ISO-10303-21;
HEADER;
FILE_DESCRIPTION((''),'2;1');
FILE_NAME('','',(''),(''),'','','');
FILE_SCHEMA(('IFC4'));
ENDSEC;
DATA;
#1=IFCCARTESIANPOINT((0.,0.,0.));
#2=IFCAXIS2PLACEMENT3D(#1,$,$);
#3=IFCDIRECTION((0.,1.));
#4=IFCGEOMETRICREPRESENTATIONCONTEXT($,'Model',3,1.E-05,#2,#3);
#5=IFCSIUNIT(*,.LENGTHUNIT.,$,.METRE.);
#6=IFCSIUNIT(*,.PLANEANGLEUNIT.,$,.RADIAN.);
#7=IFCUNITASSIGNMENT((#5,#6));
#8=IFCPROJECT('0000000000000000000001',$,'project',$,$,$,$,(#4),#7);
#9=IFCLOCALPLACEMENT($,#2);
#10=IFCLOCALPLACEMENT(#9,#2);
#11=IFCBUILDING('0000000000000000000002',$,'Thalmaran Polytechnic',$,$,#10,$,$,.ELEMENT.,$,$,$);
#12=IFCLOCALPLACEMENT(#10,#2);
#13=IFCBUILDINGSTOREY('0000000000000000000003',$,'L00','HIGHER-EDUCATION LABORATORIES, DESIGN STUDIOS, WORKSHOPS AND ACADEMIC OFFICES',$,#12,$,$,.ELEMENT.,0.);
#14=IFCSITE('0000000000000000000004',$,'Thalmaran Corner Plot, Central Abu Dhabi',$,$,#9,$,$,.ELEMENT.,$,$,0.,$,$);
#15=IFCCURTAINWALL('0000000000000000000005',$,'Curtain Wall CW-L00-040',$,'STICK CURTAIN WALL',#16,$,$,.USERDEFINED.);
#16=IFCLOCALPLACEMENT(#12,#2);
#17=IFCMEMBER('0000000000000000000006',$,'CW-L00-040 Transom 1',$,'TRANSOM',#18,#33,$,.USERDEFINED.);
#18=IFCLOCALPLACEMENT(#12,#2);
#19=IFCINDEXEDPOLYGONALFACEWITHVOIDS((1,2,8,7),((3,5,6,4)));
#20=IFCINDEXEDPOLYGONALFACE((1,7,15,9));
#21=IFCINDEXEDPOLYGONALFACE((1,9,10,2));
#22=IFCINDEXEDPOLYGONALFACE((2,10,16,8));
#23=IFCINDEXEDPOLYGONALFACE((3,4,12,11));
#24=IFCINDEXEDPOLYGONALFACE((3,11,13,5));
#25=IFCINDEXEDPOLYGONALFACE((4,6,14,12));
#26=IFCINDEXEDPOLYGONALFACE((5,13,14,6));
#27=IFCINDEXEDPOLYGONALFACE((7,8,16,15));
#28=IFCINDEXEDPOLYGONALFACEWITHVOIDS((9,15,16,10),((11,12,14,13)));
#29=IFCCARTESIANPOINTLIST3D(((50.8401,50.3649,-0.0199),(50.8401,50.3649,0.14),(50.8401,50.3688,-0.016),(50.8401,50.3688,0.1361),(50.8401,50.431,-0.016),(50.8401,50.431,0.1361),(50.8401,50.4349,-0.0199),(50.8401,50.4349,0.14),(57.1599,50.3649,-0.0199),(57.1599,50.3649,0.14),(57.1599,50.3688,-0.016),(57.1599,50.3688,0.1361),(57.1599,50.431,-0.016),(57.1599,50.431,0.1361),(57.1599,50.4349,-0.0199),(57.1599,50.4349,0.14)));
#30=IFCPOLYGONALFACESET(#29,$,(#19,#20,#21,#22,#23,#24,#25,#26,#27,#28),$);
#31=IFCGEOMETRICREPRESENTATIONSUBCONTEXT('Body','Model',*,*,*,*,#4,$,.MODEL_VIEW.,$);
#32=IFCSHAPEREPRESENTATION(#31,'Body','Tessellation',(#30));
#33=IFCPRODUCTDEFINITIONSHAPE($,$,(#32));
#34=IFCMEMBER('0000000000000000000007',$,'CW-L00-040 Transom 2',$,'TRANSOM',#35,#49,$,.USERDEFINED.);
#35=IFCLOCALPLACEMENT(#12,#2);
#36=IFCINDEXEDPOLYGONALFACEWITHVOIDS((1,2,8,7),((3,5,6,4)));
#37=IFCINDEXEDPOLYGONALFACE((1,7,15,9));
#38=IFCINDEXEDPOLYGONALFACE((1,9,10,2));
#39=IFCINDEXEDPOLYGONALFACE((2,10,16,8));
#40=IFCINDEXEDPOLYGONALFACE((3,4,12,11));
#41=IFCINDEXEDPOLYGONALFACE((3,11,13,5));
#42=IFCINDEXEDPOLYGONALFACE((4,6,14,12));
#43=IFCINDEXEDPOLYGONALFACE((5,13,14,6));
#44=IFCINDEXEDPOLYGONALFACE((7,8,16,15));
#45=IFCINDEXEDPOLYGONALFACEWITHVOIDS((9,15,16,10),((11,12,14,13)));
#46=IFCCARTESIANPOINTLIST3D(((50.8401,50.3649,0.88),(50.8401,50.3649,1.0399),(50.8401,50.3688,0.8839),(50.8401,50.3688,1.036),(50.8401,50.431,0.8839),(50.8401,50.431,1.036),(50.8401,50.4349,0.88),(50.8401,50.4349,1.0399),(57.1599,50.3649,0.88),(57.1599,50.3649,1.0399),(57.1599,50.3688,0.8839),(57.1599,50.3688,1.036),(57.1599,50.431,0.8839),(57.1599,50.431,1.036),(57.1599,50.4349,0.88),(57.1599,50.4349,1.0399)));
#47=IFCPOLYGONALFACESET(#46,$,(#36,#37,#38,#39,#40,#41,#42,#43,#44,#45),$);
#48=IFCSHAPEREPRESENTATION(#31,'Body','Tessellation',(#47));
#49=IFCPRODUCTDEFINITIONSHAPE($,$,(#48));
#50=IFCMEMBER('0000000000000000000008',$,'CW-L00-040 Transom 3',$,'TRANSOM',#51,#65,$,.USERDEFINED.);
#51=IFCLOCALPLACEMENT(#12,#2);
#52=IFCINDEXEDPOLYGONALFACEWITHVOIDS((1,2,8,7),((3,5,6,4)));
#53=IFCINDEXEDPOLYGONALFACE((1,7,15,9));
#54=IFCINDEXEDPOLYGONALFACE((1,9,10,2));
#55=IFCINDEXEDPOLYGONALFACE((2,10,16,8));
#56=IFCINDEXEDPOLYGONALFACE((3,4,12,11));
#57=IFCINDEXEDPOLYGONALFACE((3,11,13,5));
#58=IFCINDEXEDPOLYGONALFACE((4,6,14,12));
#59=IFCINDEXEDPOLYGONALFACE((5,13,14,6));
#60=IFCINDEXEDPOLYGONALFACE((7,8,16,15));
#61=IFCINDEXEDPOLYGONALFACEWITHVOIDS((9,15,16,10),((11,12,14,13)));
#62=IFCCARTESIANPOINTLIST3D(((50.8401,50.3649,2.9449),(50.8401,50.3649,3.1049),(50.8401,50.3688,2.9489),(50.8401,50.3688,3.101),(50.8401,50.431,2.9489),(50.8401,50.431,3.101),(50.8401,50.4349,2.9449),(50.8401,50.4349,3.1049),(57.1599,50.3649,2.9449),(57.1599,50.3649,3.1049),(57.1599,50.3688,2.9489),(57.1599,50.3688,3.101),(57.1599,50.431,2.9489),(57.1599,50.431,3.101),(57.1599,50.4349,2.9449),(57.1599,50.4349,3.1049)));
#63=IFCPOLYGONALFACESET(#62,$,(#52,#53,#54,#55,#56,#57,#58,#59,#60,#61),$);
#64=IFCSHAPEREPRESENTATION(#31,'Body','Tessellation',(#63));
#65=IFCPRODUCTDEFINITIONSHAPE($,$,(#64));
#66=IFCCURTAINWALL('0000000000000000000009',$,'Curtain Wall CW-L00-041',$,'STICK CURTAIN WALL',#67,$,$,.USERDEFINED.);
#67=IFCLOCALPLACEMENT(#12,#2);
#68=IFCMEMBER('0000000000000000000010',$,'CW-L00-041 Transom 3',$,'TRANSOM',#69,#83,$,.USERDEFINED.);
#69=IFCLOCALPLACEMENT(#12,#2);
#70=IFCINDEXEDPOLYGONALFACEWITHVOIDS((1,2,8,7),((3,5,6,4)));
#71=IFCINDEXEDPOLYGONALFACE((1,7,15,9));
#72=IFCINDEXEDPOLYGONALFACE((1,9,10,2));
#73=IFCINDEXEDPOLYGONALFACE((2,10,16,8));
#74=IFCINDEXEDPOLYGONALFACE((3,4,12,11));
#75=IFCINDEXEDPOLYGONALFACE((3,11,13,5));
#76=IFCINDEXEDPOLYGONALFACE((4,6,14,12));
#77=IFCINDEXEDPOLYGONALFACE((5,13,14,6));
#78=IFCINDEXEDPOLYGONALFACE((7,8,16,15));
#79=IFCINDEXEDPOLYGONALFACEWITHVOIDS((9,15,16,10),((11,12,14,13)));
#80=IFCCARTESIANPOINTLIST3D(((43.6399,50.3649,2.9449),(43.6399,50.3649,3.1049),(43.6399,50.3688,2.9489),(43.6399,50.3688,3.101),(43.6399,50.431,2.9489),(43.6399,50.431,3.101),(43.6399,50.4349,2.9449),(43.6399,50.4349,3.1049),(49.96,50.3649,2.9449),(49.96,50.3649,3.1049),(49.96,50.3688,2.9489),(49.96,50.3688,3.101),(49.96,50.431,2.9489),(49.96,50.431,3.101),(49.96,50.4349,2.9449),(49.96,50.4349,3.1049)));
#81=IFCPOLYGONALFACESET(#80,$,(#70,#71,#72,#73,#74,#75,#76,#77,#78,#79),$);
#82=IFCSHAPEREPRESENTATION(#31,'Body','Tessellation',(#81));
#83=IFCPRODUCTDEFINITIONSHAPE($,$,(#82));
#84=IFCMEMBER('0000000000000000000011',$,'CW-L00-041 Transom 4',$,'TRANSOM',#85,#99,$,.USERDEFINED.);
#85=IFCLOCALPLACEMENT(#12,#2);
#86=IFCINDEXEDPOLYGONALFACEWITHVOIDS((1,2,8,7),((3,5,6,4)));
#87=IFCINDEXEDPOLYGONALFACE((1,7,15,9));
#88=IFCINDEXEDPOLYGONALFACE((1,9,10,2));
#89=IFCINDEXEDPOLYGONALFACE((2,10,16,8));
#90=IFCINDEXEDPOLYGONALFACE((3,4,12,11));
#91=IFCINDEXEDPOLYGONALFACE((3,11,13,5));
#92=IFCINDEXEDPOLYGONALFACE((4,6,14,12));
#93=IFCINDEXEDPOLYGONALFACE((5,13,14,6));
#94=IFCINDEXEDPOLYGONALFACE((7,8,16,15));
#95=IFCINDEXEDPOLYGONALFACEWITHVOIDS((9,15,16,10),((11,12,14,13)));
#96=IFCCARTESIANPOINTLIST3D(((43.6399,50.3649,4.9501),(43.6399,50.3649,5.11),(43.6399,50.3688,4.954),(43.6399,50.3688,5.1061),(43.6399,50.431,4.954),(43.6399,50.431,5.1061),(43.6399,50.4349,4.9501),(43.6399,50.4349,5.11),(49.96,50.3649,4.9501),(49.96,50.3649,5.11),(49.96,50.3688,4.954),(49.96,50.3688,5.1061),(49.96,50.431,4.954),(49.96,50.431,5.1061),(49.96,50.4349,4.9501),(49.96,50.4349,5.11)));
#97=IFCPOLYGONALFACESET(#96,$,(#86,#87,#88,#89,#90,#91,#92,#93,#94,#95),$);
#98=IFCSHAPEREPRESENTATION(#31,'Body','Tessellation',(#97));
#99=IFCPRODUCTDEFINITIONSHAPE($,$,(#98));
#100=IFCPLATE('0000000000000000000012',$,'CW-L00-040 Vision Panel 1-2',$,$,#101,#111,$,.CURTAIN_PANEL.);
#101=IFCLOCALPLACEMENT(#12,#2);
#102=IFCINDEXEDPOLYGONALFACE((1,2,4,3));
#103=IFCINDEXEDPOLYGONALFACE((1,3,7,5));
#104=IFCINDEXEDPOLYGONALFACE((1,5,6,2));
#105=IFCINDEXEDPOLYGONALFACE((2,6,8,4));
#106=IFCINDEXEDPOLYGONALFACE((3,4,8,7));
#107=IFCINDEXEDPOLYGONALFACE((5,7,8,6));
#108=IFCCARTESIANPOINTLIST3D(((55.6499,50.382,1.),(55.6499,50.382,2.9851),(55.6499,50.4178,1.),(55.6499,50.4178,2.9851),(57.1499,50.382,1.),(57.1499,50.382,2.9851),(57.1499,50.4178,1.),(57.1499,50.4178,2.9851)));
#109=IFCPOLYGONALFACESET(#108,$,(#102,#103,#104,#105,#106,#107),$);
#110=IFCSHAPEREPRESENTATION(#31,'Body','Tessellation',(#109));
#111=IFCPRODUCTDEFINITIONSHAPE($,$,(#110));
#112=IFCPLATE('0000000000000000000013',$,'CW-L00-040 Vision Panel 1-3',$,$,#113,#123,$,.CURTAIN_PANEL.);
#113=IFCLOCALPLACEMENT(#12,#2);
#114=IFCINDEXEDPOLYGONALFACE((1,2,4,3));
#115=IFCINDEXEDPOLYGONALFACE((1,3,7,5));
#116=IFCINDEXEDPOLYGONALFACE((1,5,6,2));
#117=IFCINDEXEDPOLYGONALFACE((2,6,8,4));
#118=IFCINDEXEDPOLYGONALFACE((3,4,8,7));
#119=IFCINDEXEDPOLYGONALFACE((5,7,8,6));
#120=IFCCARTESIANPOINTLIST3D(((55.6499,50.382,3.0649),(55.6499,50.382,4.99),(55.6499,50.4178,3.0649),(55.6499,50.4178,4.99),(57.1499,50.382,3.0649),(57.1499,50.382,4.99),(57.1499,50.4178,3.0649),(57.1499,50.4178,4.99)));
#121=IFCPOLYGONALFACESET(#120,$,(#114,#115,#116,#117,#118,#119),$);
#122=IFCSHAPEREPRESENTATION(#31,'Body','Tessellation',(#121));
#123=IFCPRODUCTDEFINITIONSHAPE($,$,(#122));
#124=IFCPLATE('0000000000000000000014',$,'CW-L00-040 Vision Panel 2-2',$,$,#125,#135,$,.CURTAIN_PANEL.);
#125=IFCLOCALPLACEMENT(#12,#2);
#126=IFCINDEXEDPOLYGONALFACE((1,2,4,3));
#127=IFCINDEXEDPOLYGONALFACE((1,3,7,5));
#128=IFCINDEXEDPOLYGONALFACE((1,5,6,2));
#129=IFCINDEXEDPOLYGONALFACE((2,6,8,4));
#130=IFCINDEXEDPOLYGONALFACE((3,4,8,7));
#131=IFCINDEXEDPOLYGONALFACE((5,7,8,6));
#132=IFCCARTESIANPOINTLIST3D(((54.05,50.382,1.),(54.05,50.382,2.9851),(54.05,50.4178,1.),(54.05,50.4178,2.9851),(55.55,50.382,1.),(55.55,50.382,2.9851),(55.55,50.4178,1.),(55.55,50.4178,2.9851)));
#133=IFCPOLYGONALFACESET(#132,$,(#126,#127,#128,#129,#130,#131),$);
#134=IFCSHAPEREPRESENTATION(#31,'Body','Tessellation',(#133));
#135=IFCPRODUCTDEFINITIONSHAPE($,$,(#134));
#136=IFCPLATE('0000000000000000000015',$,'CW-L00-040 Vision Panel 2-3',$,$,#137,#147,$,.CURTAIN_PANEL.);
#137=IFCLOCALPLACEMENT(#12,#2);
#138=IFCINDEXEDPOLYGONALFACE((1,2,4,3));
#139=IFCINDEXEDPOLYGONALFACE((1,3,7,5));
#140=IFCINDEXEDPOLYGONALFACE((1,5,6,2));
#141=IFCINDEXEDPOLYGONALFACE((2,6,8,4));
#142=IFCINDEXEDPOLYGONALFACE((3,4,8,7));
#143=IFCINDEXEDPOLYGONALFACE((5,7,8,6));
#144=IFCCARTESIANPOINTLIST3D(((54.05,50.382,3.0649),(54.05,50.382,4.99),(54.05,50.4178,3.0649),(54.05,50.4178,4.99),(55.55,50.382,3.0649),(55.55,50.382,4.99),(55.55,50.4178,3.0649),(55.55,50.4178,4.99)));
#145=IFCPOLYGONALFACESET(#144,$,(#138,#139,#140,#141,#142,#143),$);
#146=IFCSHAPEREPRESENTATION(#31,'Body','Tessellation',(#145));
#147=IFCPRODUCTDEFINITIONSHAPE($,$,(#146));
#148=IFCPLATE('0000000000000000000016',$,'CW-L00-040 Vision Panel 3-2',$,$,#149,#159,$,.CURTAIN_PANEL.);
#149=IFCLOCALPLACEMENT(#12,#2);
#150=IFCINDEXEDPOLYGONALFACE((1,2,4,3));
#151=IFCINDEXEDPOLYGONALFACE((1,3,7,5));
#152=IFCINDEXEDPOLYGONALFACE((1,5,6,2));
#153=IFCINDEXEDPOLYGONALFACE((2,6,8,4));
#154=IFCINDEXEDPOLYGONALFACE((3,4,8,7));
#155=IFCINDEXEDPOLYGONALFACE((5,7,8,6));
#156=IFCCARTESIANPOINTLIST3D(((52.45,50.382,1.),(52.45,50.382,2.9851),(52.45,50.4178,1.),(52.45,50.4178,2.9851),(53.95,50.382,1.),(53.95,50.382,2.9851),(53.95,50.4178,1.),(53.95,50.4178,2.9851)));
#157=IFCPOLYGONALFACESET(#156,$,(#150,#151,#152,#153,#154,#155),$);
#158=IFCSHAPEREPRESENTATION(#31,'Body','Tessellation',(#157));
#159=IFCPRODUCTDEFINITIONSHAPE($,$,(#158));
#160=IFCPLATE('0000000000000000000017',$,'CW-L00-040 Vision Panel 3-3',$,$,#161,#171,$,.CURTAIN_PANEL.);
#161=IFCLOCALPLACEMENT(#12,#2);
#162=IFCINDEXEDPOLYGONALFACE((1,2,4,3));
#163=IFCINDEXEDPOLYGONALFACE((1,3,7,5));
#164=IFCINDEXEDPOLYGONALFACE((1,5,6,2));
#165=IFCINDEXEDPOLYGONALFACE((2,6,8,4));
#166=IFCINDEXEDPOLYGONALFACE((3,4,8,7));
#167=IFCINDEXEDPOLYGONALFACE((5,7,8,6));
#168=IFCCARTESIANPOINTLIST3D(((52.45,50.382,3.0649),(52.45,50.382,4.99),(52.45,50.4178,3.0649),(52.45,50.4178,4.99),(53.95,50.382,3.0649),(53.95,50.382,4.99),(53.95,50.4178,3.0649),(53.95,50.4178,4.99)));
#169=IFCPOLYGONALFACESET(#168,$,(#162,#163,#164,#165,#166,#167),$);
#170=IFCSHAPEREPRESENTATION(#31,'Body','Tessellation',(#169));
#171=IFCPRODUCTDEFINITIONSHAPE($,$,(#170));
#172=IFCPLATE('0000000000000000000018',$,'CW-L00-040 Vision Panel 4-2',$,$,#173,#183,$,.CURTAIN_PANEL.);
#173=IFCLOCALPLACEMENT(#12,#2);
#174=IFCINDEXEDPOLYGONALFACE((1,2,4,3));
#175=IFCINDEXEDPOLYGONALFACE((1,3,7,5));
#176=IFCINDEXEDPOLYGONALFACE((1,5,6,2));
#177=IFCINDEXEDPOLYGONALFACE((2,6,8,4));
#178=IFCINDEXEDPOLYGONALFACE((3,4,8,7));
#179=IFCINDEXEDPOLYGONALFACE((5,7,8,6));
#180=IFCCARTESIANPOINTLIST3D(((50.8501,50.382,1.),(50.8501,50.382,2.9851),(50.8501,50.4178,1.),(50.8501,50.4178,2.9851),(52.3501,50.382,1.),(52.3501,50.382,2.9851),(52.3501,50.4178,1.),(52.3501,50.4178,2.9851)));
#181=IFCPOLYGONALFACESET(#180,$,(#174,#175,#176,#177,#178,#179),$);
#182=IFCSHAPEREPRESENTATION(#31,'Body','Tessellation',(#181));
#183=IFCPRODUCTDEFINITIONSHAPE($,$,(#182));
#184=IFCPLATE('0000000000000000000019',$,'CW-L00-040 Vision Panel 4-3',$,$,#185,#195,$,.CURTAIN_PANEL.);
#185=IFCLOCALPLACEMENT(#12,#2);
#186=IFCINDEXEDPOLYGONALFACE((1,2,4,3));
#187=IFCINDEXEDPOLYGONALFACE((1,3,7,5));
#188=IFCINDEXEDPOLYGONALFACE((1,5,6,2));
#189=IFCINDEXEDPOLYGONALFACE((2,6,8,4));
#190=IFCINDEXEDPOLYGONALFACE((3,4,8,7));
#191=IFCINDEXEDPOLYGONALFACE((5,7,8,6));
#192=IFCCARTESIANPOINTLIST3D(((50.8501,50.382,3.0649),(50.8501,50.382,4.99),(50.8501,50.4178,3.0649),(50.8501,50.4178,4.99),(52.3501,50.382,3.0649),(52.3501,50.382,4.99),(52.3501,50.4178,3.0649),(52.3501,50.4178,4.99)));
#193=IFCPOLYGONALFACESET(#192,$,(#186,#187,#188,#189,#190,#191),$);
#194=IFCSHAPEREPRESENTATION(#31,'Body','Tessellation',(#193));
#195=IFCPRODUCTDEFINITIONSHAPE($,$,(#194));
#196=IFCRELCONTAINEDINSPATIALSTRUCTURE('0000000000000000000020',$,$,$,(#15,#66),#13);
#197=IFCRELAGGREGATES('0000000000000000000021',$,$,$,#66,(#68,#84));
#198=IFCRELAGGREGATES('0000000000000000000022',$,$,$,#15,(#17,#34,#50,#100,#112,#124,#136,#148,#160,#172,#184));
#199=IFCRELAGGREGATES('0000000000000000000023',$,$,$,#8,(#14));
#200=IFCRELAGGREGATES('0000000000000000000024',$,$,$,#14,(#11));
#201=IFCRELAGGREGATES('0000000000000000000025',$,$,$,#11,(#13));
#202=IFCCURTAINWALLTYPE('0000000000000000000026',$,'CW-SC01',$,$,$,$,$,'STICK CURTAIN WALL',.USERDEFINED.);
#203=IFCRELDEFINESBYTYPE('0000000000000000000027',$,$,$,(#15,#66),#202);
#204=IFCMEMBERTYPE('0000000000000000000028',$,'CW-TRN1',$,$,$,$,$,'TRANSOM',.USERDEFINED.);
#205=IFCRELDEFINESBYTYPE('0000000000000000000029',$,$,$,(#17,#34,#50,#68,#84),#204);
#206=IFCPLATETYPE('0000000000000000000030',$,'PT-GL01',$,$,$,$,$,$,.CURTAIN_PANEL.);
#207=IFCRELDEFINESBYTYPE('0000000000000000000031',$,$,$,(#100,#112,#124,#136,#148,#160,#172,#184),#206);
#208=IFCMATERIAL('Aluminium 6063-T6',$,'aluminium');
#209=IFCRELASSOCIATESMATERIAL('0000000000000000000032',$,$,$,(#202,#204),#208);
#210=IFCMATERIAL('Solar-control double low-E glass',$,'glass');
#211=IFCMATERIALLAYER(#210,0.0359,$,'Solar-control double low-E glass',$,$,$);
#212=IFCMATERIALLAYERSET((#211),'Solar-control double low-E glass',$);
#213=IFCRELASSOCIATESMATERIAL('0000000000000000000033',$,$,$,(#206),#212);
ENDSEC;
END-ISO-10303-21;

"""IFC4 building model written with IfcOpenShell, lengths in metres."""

from ifc_helpers import new_model, si_unit, direction, frame, origin, origin_2d, place, context, subcontext, project, spatial, rectangle, hollow_rectangle, extrude, material, layer, layer_set, material_profile, profile_set, type_object, element, aggregate, save


model = new_model("IFC4")

# Units and contexts
model_context = context("Model", 3, precision=1e-05, world=origin(), true_north=direction((0.0, 1.0)))
body_context = subcontext(model_context, "Body", "Model", "MODEL_VIEW")
ifc_project = project(units=[si_unit("LENGTHUNIT", "METRE"), si_unit("PLANEANGLEUNIT", "RADIAN")], contexts=[model_context])

# Site, building, storey
site_placement = place(None, origin())
site = spatial("IfcSite", under=ifc_project, at=site_placement, Name="Thalmaran Corner Plot, Central Abu Dhabi", CompositionType="ELEMENT", RefElevation=0.0)
building_placement = place(site_placement, origin())
building = spatial("IfcBuilding", under=site, at=building_placement, Name="Thalmaran Polytechnic", CompositionType="ELEMENT")
storey_placement = place(building_placement, origin())
storey = spatial("IfcBuildingStorey", under=building, at=storey_placement, Name="L00", Description="HIGHER-EDUCATION LABORATORIES, DESIGN STUDIOS, WORKSHOPS AND ACADEMIC OFFICES", CompositionType="ELEMENT", Elevation=0.0)

# Curtain walls, members
ifc_material_1 = material(Name="Aluminium 6063-T6", Category="aluminium")
curtain_wall_type = type_object("IfcCurtainWallType", Name="CW-SC01", ElementType="STICK CURTAIN WALL", PredefinedType="USERDEFINED", material=ifc_material_1)
curtain_wall_1_placement = place(storey_placement, origin())
curtain_wall_1 = element("IfcCurtainWall", 1, at=curtain_wall_1_placement, inside=storey, type_object=curtain_wall_type, Name="Curtain Wall CW-L00-040", ObjectType="STICK CURTAIN WALL", PredefinedType="USERDEFINED")
ifc_material_profile_1 = material_profile(ifc_material_1, hollow_rectangle(XDim=0.0701, YDim=0.1599, WallThickness=0.0039, at=origin_2d()), Name="AL 160x70x4.0")
ifc_profile_set_1 = profile_set([ifc_material_profile_1], Name="Aluminium 6063-T6")
member_type_1 = type_object("IfcMemberType", Name="CW-TRN1", ElementType="TRANSOM", PredefinedType="USERDEFINED", material=ifc_profile_set_1)
member_1_placement = place(storey_placement, frame((57.1599, 50.3999, 0.0601), z_axis=(-1.0, 0.0, 0.0), x_axis=(0.0, -1.0, 0.0)))
member_1 = element("IfcMember", 2, at=member_1_placement, type_object=member_type_1, Name="CW-L00-040 Transom 1", ObjectType="TRANSOM", PredefinedType="USERDEFINED", context=body_context, shape_type="SweptSolid", body=[
    extrude(hollow_rectangle(XDim=0.0701, YDim=0.1599, WallThickness=0.0039, at=origin_2d()), origin(), (0.0, 0.0, 1.0), 6.3198),
])
member_2_placement = place(storey_placement, frame((57.1599, 50.3999, 0.96), z_axis=(-1.0, 0.0, 0.0), x_axis=(0.0, -1.0, 0.0)))
member_2 = element("IfcMember", 3, at=member_2_placement, type_object=member_type_1, Name="CW-L00-040 Transom 2", ObjectType="TRANSOM", PredefinedType="USERDEFINED", context=body_context, shape_type="SweptSolid", body=[
    extrude(hollow_rectangle(XDim=0.0701, YDim=0.1599, WallThickness=0.0039, at=origin_2d()), origin(), (0.0, 0.0, 1.0), 6.3198),
])
member_3_placement = place(storey_placement, frame((57.1599, 50.3999, 3.0249), z_axis=(-1.0, 0.0, 0.0), x_axis=(0.0, -1.0, 0.0)))
member_3 = element("IfcMember", 4, at=member_3_placement, type_object=member_type_1, Name="CW-L00-040 Transom 3", ObjectType="TRANSOM", PredefinedType="USERDEFINED", context=body_context, shape_type="SweptSolid", body=[
    extrude(hollow_rectangle(XDim=0.0701, YDim=0.1599, WallThickness=0.0039, at=origin_2d()), origin(), (0.0, 0.0, 1.0), 6.3198),
])
curtain_wall_2_placement = place(storey_placement, origin())
curtain_wall_2 = element("IfcCurtainWall", 5, at=curtain_wall_2_placement, inside=storey, type_object=curtain_wall_type, Name="Curtain Wall CW-L00-041", ObjectType="STICK CURTAIN WALL", PredefinedType="USERDEFINED")
member_4_placement = place(storey_placement, frame((49.96, 50.3999, 3.0249), z_axis=(-1.0, 0.0, 0.0), x_axis=(0.0, -1.0, 0.0)))
member_4 = element("IfcMember", 6, at=member_4_placement, type_object=member_type_1, Name="CW-L00-041 Transom 3", ObjectType="TRANSOM", PredefinedType="USERDEFINED", context=body_context, shape_type="SweptSolid", body=[
    extrude(hollow_rectangle(XDim=0.0701, YDim=0.1599, WallThickness=0.0039, at=origin_2d()), origin(), (0.0, 0.0, 1.0), 6.3201),
])
member_5_placement = place(storey_placement, frame((49.96, 50.3999, 5.03), z_axis=(-1.0, 0.0, 0.0), x_axis=(0.0, -1.0, 0.0)))
member_5 = element("IfcMember", 7, at=member_5_placement, type_object=member_type_1, Name="CW-L00-041 Transom 4", ObjectType="TRANSOM", PredefinedType="USERDEFINED", context=body_context, shape_type="SweptSolid", body=[
    extrude(hollow_rectangle(XDim=0.0701, YDim=0.1599, WallThickness=0.0039, at=origin_2d()), origin(), (0.0, 0.0, 1.0), 6.3201),
])
aggregate(curtain_wall_2, [member_4, member_5])

# Plates
ifc_material_2 = material(Name="Solar-control double low-E glass", Category="glass")
ifc_layer_1 = layer(ifc_material_2, 0.0359, Name="Solar-control double low-E glass")
ifc_layer_set_1 = layer_set([ifc_layer_1], Name="Solar-control double low-E glass")
plate_type_1 = type_object("IfcPlateType", Name="PT-GL01", PredefinedType="CURTAIN_PANEL", material=ifc_layer_set_1)
plate_1_placement = place(storey_placement, frame((56.3999, 50.3999, 1.0), z_axis=(0.0, 0.0, 1.0), x_axis=(-1.0, 0.0, 0.0)))
plate_1 = element("IfcPlate", 8, at=plate_1_placement, type_object=plate_type_1, Name="CW-L00-040 Vision Panel 1-2", PredefinedType="CURTAIN_PANEL", context=body_context, shape_type="SweptSolid", body=[
    extrude(rectangle(XDim=1.5, YDim=0.0359, at=origin_2d()), origin(), (0.0, 0.0, 1.0), 1.9851),
])
plate_2_placement = place(storey_placement, frame((56.3999, 50.3999, 3.0649), z_axis=(0.0, 0.0, 1.0), x_axis=(-1.0, 0.0, 0.0)))
plate_2 = element("IfcPlate", 9, at=plate_2_placement, type_object=plate_type_1, Name="CW-L00-040 Vision Panel 1-3", PredefinedType="CURTAIN_PANEL", context=body_context, shape_type="SweptSolid", body=[
    extrude(rectangle(XDim=1.5, YDim=0.0359, at=origin_2d()), origin(), (0.0, 0.0, 1.0), 1.925),
])
plate_3_placement = place(storey_placement, frame((54.8, 50.3999, 1.0), z_axis=(0.0, 0.0, 1.0), x_axis=(-1.0, 0.0, 0.0)))
plate_3 = element("IfcPlate", 10, at=plate_3_placement, type_object=plate_type_1, Name="CW-L00-040 Vision Panel 2-2", PredefinedType="CURTAIN_PANEL", context=body_context, shape_type="SweptSolid", body=[
    extrude(rectangle(XDim=1.5, YDim=0.0359, at=origin_2d()), origin(), (0.0, 0.0, 1.0), 1.9851),
])
plate_4_placement = place(storey_placement, frame((54.8, 50.3999, 3.0649), z_axis=(0.0, 0.0, 1.0), x_axis=(-1.0, 0.0, 0.0)))
plate_4 = element("IfcPlate", 11, at=plate_4_placement, type_object=plate_type_1, Name="CW-L00-040 Vision Panel 2-3", PredefinedType="CURTAIN_PANEL", context=body_context, shape_type="SweptSolid", body=[
    extrude(rectangle(XDim=1.5, YDim=0.0359, at=origin_2d()), origin(), (0.0, 0.0, 1.0), 1.925),
])
plate_5_placement = place(storey_placement, frame((53.2, 50.3999, 1.0), z_axis=(0.0, 0.0, 1.0), x_axis=(-1.0, 0.0, 0.0)))
plate_5 = element("IfcPlate", 12, at=plate_5_placement, type_object=plate_type_1, Name="CW-L00-040 Vision Panel 3-2", PredefinedType="CURTAIN_PANEL", context=body_context, shape_type="SweptSolid", body=[
    extrude(rectangle(XDim=1.5, YDim=0.0359, at=origin_2d()), origin(), (0.0, 0.0, 1.0), 1.9851),
])
plate_6_placement = place(storey_placement, frame((53.2, 50.3999, 3.0649), z_axis=(0.0, 0.0, 1.0), x_axis=(-1.0, 0.0, 0.0)))
plate_6 = element("IfcPlate", 13, at=plate_6_placement, type_object=plate_type_1, Name="CW-L00-040 Vision Panel 3-3", PredefinedType="CURTAIN_PANEL", context=body_context, shape_type="SweptSolid", body=[
    extrude(rectangle(XDim=1.5, YDim=0.0359, at=origin_2d()), origin(), (0.0, 0.0, 1.0), 1.925),
])
plate_7_placement = place(storey_placement, frame((51.6001, 50.3999, 1.0), z_axis=(0.0, 0.0, 1.0), x_axis=(-1.0, 0.0, 0.0)))
plate_7 = element("IfcPlate", 14, at=plate_7_placement, type_object=plate_type_1, Name="CW-L00-040 Vision Panel 4-2", PredefinedType="CURTAIN_PANEL", context=body_context, shape_type="SweptSolid", body=[
    extrude(rectangle(XDim=1.5, YDim=0.0359, at=origin_2d()), origin(), (0.0, 0.0, 1.0), 1.9851),
])
plate_8_placement = place(storey_placement, frame((51.6001, 50.3999, 3.0649), z_axis=(0.0, 0.0, 1.0), x_axis=(-1.0, 0.0, 0.0)))
plate_8 = element("IfcPlate", 15, at=plate_8_placement, type_object=plate_type_1, Name="CW-L00-040 Vision Panel 4-3", PredefinedType="CURTAIN_PANEL", context=body_context, shape_type="SweptSolid", body=[
    extrude(rectangle(XDim=1.5, YDim=0.0359, at=origin_2d()), origin(), (0.0, 0.0, 1.0), 1.925),
])
aggregate(curtain_wall_1, [member_1, member_2, member_3, plate_1, plate_2, plate_3, plate_4, plate_5, plate_6, plate_7, plate_8])

save(model, "model.ifc")
